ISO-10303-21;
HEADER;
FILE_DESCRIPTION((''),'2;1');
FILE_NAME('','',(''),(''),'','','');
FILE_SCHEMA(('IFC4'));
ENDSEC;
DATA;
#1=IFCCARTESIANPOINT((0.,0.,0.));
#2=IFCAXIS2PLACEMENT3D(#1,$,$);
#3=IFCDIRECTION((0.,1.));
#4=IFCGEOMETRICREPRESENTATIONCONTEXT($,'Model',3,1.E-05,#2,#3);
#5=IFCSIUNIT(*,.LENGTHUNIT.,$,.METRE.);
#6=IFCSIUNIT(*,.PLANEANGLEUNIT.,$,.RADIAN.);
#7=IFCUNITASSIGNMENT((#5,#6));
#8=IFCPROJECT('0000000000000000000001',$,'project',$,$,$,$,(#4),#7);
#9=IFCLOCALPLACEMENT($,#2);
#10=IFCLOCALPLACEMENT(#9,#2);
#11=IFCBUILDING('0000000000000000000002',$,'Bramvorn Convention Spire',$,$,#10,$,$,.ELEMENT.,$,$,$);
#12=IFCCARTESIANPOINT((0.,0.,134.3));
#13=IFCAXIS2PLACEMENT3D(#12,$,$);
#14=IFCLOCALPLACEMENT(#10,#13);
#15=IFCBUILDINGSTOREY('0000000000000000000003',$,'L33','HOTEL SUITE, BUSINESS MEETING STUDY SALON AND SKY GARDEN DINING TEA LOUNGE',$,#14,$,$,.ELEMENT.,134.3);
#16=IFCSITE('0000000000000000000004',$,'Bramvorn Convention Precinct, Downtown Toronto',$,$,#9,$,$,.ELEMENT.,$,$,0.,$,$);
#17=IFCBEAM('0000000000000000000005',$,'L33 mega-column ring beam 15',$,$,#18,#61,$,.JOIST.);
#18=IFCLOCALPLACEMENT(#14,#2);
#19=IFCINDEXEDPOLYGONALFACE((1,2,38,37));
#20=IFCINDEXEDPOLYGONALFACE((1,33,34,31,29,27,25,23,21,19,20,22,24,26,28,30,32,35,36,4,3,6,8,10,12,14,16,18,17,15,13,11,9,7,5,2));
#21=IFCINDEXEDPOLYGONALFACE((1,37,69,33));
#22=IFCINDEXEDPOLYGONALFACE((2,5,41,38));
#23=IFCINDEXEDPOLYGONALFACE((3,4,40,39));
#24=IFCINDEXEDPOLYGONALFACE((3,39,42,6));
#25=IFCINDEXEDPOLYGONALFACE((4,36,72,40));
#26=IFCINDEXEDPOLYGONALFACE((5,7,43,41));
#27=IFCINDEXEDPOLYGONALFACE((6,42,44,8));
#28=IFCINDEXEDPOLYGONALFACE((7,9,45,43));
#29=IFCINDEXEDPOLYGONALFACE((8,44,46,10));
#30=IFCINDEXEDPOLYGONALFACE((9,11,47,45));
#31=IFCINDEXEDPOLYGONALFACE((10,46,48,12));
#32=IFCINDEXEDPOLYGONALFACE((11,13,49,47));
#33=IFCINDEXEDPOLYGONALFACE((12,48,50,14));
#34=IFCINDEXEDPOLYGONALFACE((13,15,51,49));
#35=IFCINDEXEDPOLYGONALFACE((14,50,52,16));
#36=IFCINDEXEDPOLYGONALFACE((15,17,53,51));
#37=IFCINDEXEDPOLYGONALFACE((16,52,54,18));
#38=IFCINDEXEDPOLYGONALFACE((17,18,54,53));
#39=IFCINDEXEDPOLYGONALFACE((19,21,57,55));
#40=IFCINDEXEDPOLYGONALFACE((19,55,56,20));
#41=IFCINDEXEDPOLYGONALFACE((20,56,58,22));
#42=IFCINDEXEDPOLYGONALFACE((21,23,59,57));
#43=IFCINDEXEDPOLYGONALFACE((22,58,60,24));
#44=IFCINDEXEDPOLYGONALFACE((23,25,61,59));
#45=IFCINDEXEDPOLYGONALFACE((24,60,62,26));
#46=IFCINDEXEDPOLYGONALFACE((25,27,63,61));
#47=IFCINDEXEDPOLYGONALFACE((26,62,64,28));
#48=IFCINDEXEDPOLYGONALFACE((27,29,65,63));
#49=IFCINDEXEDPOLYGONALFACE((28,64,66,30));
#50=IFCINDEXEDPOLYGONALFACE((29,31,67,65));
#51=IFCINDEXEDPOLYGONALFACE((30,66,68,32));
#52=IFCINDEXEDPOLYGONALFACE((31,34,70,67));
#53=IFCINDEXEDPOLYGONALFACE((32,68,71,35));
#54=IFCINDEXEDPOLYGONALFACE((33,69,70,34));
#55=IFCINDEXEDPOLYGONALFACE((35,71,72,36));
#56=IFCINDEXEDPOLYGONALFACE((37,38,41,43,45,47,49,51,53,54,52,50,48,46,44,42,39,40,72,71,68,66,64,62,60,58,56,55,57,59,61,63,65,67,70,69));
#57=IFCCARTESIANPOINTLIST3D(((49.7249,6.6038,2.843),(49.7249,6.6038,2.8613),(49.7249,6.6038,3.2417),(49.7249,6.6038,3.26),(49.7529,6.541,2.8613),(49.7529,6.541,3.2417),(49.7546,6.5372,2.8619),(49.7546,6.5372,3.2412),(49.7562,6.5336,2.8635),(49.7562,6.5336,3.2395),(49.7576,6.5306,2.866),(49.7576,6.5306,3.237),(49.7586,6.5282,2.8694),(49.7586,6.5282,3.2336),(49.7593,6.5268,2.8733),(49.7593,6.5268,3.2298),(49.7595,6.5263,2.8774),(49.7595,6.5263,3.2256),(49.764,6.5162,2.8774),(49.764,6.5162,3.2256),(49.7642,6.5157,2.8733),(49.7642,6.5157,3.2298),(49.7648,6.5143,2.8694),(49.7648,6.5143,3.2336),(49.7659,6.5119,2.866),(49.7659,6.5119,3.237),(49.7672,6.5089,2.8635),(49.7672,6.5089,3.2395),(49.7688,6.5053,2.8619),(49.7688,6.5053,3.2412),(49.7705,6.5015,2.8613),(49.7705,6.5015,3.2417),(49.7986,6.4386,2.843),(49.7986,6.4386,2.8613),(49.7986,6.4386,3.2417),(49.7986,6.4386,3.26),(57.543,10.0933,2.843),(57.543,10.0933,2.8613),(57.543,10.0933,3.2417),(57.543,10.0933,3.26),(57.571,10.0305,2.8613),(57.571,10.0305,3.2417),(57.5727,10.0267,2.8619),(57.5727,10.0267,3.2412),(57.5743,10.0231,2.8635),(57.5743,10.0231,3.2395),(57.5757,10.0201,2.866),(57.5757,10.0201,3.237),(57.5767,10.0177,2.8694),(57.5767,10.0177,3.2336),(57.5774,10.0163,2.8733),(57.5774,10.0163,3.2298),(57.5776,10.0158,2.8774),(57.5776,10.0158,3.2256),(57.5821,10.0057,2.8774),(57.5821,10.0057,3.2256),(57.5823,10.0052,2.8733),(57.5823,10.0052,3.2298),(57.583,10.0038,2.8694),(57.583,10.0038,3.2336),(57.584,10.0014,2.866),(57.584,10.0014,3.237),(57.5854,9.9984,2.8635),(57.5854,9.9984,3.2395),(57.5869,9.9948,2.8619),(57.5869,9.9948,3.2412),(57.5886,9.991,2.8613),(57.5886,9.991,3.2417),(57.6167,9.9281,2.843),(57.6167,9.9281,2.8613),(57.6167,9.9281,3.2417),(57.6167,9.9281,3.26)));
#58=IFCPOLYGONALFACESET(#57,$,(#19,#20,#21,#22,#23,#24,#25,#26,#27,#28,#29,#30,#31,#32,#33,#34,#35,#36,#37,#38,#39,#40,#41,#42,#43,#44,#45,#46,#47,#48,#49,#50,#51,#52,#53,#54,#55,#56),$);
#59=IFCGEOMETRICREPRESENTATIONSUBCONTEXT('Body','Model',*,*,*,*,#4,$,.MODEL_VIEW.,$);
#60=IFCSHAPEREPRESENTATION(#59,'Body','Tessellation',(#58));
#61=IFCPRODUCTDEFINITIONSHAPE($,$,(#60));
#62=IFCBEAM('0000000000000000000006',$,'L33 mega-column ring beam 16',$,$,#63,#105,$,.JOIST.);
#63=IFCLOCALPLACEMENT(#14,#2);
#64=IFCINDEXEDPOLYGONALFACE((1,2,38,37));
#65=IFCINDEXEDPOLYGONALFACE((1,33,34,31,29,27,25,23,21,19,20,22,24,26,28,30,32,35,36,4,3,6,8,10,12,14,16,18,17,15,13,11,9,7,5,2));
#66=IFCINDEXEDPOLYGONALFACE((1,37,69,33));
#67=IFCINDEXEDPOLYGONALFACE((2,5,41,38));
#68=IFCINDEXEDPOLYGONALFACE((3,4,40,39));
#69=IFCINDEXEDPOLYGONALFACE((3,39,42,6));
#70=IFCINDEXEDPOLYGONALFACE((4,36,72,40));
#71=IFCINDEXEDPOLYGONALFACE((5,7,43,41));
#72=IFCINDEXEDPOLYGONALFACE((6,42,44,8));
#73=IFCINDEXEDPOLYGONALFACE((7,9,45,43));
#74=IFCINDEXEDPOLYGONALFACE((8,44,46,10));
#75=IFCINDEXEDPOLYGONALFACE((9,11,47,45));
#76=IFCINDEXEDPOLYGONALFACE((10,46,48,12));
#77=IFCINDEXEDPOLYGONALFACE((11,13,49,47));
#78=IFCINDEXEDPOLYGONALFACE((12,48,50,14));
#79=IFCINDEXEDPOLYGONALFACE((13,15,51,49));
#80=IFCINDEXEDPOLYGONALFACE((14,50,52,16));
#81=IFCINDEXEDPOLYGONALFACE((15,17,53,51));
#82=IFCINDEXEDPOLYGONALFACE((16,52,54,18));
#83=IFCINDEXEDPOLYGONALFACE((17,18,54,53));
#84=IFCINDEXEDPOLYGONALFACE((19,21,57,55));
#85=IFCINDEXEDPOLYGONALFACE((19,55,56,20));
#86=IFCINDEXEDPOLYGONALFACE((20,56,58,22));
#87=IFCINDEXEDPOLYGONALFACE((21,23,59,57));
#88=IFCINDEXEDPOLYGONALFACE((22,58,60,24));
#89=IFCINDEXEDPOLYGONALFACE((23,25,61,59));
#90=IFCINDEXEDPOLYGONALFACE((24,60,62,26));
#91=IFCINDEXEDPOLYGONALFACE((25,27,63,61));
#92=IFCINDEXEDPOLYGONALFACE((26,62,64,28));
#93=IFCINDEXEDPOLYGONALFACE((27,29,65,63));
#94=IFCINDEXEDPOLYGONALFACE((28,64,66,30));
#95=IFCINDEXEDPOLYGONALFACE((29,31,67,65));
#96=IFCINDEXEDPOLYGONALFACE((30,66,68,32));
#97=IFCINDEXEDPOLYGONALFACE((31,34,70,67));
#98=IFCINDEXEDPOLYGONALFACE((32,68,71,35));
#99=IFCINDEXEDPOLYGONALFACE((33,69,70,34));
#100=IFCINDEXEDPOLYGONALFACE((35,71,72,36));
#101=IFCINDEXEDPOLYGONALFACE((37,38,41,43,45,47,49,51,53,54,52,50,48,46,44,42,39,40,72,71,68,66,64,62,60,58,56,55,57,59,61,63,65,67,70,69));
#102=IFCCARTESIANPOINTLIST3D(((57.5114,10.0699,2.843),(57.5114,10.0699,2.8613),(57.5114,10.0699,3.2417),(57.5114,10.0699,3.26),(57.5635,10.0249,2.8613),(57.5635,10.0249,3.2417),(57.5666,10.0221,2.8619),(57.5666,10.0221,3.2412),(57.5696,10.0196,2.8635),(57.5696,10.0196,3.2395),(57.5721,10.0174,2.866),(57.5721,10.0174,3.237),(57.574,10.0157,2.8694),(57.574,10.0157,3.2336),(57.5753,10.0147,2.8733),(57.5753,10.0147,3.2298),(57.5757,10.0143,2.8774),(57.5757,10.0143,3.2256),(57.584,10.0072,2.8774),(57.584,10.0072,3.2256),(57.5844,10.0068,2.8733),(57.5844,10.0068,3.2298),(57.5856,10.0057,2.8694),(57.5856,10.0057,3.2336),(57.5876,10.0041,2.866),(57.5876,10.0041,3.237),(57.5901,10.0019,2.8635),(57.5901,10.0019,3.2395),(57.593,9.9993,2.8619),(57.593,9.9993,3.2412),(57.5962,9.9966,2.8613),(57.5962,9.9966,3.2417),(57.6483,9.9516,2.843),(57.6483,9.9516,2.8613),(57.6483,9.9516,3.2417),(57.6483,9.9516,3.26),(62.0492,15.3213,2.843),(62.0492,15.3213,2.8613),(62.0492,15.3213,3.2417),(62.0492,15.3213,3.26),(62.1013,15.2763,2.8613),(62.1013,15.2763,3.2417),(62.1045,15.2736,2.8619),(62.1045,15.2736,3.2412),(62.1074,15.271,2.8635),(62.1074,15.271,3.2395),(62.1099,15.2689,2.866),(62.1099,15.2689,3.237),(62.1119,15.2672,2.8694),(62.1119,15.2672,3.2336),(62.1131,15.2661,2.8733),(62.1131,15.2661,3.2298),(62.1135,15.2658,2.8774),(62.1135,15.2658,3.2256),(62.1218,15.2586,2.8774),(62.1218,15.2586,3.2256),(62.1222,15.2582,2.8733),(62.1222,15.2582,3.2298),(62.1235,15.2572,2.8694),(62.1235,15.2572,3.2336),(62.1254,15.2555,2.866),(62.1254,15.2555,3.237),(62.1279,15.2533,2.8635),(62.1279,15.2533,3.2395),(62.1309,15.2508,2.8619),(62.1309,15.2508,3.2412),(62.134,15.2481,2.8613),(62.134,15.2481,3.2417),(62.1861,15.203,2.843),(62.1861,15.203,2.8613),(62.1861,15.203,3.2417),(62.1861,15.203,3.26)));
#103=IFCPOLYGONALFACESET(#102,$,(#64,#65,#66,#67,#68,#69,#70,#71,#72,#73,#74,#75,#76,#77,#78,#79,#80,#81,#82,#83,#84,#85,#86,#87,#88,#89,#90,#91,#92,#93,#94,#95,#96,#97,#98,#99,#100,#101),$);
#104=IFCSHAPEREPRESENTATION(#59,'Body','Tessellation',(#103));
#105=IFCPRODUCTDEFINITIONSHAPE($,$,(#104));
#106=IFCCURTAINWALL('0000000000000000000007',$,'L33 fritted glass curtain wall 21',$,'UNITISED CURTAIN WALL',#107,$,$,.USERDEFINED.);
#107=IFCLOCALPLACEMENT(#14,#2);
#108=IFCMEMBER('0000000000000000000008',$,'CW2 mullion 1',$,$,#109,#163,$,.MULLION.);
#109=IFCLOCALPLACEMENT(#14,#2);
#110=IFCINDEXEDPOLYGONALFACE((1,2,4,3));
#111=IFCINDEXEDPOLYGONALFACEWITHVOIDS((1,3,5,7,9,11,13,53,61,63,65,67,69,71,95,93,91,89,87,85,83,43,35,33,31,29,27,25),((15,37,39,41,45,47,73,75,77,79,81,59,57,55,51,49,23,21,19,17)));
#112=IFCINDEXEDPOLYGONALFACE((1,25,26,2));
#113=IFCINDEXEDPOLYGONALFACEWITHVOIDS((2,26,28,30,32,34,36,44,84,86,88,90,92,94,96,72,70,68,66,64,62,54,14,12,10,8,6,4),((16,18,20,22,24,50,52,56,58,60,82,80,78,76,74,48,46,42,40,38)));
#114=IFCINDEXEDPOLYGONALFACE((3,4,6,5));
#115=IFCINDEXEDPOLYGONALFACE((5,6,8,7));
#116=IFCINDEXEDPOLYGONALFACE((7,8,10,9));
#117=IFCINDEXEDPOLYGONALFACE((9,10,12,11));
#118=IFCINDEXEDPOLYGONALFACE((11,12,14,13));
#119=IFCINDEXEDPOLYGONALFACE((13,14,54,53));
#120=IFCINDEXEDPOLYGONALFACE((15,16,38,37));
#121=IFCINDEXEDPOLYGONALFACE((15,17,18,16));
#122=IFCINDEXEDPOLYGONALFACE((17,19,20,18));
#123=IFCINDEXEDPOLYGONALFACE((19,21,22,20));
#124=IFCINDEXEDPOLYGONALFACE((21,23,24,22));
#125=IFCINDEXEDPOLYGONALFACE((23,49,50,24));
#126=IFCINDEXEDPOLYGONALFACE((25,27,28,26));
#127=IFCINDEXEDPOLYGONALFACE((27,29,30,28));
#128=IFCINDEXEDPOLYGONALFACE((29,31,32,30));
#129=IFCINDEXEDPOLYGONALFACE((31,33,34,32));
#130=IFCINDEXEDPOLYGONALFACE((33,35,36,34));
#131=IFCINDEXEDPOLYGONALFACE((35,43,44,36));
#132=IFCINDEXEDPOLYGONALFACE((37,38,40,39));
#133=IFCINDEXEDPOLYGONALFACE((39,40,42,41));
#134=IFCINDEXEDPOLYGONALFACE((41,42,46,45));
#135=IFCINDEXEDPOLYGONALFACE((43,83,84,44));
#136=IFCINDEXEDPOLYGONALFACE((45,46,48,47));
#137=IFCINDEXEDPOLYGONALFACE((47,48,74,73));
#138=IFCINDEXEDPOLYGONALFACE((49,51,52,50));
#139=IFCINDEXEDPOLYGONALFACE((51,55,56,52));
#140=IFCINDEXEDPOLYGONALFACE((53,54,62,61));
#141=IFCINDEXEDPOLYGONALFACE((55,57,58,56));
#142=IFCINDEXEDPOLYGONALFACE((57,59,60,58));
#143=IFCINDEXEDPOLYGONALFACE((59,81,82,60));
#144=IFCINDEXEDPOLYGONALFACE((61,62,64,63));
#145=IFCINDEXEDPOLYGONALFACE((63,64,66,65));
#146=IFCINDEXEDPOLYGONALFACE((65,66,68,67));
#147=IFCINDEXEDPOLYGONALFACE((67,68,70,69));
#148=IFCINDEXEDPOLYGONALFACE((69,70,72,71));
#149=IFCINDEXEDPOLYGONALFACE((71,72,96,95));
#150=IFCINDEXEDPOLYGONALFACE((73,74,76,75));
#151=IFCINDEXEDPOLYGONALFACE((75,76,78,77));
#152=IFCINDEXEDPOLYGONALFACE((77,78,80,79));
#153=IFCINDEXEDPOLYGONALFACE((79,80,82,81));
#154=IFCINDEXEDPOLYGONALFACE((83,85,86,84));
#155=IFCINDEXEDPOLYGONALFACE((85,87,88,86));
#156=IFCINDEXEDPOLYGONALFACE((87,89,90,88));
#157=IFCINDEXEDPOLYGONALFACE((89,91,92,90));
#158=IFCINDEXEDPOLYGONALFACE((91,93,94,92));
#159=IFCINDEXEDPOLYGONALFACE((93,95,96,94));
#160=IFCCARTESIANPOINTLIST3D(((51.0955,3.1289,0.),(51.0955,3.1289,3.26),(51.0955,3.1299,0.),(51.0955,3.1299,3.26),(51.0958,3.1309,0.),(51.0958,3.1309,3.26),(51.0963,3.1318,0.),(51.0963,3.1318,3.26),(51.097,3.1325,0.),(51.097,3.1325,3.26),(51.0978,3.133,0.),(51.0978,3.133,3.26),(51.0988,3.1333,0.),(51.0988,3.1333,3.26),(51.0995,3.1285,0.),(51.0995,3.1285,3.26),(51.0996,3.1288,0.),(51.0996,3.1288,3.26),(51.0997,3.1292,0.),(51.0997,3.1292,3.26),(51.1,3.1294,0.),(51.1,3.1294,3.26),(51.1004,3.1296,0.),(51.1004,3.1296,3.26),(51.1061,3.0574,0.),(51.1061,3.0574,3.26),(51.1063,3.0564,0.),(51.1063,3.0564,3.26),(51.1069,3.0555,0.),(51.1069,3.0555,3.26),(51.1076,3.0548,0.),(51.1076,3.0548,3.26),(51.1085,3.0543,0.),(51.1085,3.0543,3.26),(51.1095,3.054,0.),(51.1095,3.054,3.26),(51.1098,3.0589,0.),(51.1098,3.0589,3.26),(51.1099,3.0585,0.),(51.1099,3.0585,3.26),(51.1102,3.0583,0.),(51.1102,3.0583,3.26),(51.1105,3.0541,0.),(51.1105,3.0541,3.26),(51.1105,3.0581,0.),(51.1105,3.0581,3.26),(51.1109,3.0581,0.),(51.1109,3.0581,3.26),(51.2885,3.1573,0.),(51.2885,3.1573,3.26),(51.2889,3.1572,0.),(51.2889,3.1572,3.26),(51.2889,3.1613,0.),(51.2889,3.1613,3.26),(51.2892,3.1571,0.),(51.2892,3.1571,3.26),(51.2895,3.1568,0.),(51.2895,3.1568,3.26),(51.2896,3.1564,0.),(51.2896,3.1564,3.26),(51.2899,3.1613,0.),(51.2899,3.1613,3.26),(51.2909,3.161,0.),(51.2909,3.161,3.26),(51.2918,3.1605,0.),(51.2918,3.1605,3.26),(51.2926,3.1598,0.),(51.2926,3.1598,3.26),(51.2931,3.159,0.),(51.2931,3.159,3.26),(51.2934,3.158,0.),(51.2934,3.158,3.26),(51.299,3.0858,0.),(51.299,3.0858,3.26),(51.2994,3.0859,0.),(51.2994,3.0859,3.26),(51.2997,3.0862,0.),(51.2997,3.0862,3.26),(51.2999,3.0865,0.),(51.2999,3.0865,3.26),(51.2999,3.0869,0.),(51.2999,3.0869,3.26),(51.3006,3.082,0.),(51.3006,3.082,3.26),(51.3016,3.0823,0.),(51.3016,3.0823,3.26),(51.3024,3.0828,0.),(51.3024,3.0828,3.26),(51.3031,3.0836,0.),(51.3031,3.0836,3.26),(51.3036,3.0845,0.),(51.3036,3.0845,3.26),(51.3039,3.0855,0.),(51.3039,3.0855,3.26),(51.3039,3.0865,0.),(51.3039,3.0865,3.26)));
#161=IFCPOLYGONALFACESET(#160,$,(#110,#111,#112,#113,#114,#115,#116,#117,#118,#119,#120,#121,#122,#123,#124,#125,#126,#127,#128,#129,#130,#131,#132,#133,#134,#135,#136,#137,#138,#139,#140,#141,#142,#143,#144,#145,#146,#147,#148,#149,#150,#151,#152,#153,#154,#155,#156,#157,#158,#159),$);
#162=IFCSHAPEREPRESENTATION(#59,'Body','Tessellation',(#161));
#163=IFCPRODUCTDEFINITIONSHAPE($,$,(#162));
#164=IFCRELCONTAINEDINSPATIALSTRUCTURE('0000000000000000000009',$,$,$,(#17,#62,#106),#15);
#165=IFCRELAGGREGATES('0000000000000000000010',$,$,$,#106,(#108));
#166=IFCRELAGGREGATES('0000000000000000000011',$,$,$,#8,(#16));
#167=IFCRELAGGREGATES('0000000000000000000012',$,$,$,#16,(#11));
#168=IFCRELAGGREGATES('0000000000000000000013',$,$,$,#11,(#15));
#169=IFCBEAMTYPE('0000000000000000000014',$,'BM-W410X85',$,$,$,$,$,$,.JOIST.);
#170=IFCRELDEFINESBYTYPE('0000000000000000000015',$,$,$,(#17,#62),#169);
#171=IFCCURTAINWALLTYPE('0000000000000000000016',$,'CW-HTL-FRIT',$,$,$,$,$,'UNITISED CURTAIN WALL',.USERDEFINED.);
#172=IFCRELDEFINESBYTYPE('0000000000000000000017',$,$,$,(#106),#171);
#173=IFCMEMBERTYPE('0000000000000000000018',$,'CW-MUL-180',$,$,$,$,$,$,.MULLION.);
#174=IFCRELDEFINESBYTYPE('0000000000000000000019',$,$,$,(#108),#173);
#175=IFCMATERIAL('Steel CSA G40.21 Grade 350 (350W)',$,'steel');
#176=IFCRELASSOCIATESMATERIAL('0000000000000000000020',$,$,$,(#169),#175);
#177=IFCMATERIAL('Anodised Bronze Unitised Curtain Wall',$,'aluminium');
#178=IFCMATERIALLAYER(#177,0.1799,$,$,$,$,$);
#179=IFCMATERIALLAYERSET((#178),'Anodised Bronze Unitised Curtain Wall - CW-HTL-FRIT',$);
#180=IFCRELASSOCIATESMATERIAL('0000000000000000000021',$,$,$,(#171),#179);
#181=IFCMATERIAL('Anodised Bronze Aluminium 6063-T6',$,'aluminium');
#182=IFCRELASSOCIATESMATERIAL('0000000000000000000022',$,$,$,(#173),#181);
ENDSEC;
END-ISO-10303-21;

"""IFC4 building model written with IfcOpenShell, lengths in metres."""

from ifc_helpers import new_model, si_unit, direction, frame, origin, origin_2d, place, context, subcontext, project, spatial, hollow_rectangle, i_section, extrude, material, layer, layer_set, material_profile, profile_set, type_object, element, aggregate, save


model = new_model("IFC4")

# Units and contexts
model_context = context("Model", 3, precision=1e-05, world=origin(), true_north=direction((0.0, 1.0)))
body_context = subcontext(model_context, "Body", "Model", "MODEL_VIEW")
ifc_project = project(units=[si_unit("LENGTHUNIT", "METRE"), si_unit("PLANEANGLEUNIT", "RADIAN")], contexts=[model_context])

# Site, building, storey
site_placement = place(None, origin())
site = spatial("IfcSite", under=ifc_project, at=site_placement, Name="Bramvorn Convention Precinct, Downtown Toronto", CompositionType="ELEMENT", RefElevation=0.0)
building_placement = place(site_placement, origin())
building = spatial("IfcBuilding", under=site, at=building_placement, Name="Bramvorn Convention Spire", CompositionType="ELEMENT")
storey_placement = place(building_placement, frame((0.0, 0.0, 134.3)))
storey = spatial("IfcBuildingStorey", under=building, at=storey_placement, Name="L33", Description="HOTEL SUITE, BUSINESS MEETING STUDY SALON AND SKY GARDEN DINING TEA LOUNGE", CompositionType="ELEMENT", Elevation=134.3)

# Shared definitions
ifc_material_1 = material(Name="Steel CSA G40.21 Grade 350 (350W)", Category="steel")

# Beams
ifc_material_profile_1 = material_profile(ifc_material_1, i_section(OverallWidth=0.1809, OverallDepth=0.417, WebThickness=0.011, FlangeThickness=0.0183, FilletRadius=0.0161, at=origin_2d()))
ifc_profile_set_1 = profile_set([ifc_material_profile_1], Name="Steel CSA G40.21 Grade 350 (350W) - W410X85")
beam_type_1 = type_object("IfcBeamType", Name="BM-W410X85", PredefinedType="JOIST", material=ifc_profile_set_1)
beam_1_placement = place(storey_placement, frame((49.7617, 6.5212, 3.0515), z_axis=(0.91317, 0.40758, 0.0), x_axis=(-0.40758, 0.91317, 0.0)))
element("IfcBeam", 1, at=beam_1_placement, inside=storey, type_object=beam_type_1, Name="L33 mega-column ring beam 15", PredefinedType="JOIST", context=body_context, shape_type="SweptSolid", body=[
    extrude(i_section(OverallWidth=0.1809, OverallDepth=0.417, WebThickness=0.011, FlangeThickness=0.0183, FilletRadius=0.0161, at=origin_2d()), origin(), (0.0, 0.0, 1.0), 8.5615),
])
beam_2_placement = place(storey_placement, frame((57.5798, 10.0107, 3.0515), z_axis=(0.653825, 0.756646, 0.0), x_axis=(-0.756646, 0.653825, 0.0)))
element("IfcBeam", 2, at=beam_2_placement, inside=storey, type_object=beam_type_1, Name="L33 mega-column ring beam 16", PredefinedType="JOIST", context=body_context, shape_type="SweptSolid", body=[
    extrude(i_section(OverallWidth=0.1809, OverallDepth=0.417, WebThickness=0.011, FlangeThickness=0.0183, FilletRadius=0.0161, at=origin_2d()), origin(), (0.0, 0.0, 1.0), 6.9404),
])

# Curtain wall, member
ifc_material_2 = material(Name="Anodised Bronze Unitised Curtain Wall", Category="aluminium")
ifc_layer_1 = layer(ifc_material_2, 0.1799)
ifc_layer_set_1 = layer_set([ifc_layer_1], Name="Anodised Bronze Unitised Curtain Wall - CW-HTL-FRIT")
curtain_wall_type = type_object("IfcCurtainWallType", Name="CW-HTL-FRIT", ElementType="UNITISED CURTAIN WALL", PredefinedType="USERDEFINED", material=ifc_layer_set_1)
curtain_wall_placement = place(storey_placement, origin())
curtain_wall = element("IfcCurtainWall", 3, at=curtain_wall_placement, inside=storey, type_object=curtain_wall_type, Name="L33 fritted glass curtain wall 21", ObjectType="UNITISED CURTAIN WALL", PredefinedType="USERDEFINED")
ifc_material_3 = material(Name="Anodised Bronze Aluminium 6063-T6", Category="aluminium")
ifc_material_profile_2 = material_profile(ifc_material_3, hollow_rectangle(XDim=0.0801, YDim=0.2, WallThickness=0.0039, InnerFilletRadius=0.001, OuterFilletRadius=0.0039, at=origin_2d()))
ifc_profile_set_2 = profile_set([ifc_material_profile_2], Name="Anodised Bronze Aluminium 6063-T6 - CWM80X200")
member_type_1 = type_object("IfcMemberType", Name="CW-MUL-180", PredefinedType="MULLION", material=ifc_profile_set_2)
member_1_placement = place(storey_placement, frame((51.1997, 3.1077, 0.0), z_axis=(0.0, 0.0, 1.0), x_axis=(0.145655, -0.989335, 0.0)))
member_1 = element("IfcMember", 4, at=member_1_placement, type_object=member_type_1, Name="CW2 mullion 1", PredefinedType="MULLION", context=body_context, shape_type="SweptSolid", body=[
    extrude(hollow_rectangle(XDim=0.0801, YDim=0.2, WallThickness=0.0039, InnerFilletRadius=0.001, OuterFilletRadius=0.0039, at=origin_2d()), origin(), (0.0, 0.0, 1.0), 3.26),
])

aggregate(curtain_wall, [member_1])

save(model, "model.ifc")
